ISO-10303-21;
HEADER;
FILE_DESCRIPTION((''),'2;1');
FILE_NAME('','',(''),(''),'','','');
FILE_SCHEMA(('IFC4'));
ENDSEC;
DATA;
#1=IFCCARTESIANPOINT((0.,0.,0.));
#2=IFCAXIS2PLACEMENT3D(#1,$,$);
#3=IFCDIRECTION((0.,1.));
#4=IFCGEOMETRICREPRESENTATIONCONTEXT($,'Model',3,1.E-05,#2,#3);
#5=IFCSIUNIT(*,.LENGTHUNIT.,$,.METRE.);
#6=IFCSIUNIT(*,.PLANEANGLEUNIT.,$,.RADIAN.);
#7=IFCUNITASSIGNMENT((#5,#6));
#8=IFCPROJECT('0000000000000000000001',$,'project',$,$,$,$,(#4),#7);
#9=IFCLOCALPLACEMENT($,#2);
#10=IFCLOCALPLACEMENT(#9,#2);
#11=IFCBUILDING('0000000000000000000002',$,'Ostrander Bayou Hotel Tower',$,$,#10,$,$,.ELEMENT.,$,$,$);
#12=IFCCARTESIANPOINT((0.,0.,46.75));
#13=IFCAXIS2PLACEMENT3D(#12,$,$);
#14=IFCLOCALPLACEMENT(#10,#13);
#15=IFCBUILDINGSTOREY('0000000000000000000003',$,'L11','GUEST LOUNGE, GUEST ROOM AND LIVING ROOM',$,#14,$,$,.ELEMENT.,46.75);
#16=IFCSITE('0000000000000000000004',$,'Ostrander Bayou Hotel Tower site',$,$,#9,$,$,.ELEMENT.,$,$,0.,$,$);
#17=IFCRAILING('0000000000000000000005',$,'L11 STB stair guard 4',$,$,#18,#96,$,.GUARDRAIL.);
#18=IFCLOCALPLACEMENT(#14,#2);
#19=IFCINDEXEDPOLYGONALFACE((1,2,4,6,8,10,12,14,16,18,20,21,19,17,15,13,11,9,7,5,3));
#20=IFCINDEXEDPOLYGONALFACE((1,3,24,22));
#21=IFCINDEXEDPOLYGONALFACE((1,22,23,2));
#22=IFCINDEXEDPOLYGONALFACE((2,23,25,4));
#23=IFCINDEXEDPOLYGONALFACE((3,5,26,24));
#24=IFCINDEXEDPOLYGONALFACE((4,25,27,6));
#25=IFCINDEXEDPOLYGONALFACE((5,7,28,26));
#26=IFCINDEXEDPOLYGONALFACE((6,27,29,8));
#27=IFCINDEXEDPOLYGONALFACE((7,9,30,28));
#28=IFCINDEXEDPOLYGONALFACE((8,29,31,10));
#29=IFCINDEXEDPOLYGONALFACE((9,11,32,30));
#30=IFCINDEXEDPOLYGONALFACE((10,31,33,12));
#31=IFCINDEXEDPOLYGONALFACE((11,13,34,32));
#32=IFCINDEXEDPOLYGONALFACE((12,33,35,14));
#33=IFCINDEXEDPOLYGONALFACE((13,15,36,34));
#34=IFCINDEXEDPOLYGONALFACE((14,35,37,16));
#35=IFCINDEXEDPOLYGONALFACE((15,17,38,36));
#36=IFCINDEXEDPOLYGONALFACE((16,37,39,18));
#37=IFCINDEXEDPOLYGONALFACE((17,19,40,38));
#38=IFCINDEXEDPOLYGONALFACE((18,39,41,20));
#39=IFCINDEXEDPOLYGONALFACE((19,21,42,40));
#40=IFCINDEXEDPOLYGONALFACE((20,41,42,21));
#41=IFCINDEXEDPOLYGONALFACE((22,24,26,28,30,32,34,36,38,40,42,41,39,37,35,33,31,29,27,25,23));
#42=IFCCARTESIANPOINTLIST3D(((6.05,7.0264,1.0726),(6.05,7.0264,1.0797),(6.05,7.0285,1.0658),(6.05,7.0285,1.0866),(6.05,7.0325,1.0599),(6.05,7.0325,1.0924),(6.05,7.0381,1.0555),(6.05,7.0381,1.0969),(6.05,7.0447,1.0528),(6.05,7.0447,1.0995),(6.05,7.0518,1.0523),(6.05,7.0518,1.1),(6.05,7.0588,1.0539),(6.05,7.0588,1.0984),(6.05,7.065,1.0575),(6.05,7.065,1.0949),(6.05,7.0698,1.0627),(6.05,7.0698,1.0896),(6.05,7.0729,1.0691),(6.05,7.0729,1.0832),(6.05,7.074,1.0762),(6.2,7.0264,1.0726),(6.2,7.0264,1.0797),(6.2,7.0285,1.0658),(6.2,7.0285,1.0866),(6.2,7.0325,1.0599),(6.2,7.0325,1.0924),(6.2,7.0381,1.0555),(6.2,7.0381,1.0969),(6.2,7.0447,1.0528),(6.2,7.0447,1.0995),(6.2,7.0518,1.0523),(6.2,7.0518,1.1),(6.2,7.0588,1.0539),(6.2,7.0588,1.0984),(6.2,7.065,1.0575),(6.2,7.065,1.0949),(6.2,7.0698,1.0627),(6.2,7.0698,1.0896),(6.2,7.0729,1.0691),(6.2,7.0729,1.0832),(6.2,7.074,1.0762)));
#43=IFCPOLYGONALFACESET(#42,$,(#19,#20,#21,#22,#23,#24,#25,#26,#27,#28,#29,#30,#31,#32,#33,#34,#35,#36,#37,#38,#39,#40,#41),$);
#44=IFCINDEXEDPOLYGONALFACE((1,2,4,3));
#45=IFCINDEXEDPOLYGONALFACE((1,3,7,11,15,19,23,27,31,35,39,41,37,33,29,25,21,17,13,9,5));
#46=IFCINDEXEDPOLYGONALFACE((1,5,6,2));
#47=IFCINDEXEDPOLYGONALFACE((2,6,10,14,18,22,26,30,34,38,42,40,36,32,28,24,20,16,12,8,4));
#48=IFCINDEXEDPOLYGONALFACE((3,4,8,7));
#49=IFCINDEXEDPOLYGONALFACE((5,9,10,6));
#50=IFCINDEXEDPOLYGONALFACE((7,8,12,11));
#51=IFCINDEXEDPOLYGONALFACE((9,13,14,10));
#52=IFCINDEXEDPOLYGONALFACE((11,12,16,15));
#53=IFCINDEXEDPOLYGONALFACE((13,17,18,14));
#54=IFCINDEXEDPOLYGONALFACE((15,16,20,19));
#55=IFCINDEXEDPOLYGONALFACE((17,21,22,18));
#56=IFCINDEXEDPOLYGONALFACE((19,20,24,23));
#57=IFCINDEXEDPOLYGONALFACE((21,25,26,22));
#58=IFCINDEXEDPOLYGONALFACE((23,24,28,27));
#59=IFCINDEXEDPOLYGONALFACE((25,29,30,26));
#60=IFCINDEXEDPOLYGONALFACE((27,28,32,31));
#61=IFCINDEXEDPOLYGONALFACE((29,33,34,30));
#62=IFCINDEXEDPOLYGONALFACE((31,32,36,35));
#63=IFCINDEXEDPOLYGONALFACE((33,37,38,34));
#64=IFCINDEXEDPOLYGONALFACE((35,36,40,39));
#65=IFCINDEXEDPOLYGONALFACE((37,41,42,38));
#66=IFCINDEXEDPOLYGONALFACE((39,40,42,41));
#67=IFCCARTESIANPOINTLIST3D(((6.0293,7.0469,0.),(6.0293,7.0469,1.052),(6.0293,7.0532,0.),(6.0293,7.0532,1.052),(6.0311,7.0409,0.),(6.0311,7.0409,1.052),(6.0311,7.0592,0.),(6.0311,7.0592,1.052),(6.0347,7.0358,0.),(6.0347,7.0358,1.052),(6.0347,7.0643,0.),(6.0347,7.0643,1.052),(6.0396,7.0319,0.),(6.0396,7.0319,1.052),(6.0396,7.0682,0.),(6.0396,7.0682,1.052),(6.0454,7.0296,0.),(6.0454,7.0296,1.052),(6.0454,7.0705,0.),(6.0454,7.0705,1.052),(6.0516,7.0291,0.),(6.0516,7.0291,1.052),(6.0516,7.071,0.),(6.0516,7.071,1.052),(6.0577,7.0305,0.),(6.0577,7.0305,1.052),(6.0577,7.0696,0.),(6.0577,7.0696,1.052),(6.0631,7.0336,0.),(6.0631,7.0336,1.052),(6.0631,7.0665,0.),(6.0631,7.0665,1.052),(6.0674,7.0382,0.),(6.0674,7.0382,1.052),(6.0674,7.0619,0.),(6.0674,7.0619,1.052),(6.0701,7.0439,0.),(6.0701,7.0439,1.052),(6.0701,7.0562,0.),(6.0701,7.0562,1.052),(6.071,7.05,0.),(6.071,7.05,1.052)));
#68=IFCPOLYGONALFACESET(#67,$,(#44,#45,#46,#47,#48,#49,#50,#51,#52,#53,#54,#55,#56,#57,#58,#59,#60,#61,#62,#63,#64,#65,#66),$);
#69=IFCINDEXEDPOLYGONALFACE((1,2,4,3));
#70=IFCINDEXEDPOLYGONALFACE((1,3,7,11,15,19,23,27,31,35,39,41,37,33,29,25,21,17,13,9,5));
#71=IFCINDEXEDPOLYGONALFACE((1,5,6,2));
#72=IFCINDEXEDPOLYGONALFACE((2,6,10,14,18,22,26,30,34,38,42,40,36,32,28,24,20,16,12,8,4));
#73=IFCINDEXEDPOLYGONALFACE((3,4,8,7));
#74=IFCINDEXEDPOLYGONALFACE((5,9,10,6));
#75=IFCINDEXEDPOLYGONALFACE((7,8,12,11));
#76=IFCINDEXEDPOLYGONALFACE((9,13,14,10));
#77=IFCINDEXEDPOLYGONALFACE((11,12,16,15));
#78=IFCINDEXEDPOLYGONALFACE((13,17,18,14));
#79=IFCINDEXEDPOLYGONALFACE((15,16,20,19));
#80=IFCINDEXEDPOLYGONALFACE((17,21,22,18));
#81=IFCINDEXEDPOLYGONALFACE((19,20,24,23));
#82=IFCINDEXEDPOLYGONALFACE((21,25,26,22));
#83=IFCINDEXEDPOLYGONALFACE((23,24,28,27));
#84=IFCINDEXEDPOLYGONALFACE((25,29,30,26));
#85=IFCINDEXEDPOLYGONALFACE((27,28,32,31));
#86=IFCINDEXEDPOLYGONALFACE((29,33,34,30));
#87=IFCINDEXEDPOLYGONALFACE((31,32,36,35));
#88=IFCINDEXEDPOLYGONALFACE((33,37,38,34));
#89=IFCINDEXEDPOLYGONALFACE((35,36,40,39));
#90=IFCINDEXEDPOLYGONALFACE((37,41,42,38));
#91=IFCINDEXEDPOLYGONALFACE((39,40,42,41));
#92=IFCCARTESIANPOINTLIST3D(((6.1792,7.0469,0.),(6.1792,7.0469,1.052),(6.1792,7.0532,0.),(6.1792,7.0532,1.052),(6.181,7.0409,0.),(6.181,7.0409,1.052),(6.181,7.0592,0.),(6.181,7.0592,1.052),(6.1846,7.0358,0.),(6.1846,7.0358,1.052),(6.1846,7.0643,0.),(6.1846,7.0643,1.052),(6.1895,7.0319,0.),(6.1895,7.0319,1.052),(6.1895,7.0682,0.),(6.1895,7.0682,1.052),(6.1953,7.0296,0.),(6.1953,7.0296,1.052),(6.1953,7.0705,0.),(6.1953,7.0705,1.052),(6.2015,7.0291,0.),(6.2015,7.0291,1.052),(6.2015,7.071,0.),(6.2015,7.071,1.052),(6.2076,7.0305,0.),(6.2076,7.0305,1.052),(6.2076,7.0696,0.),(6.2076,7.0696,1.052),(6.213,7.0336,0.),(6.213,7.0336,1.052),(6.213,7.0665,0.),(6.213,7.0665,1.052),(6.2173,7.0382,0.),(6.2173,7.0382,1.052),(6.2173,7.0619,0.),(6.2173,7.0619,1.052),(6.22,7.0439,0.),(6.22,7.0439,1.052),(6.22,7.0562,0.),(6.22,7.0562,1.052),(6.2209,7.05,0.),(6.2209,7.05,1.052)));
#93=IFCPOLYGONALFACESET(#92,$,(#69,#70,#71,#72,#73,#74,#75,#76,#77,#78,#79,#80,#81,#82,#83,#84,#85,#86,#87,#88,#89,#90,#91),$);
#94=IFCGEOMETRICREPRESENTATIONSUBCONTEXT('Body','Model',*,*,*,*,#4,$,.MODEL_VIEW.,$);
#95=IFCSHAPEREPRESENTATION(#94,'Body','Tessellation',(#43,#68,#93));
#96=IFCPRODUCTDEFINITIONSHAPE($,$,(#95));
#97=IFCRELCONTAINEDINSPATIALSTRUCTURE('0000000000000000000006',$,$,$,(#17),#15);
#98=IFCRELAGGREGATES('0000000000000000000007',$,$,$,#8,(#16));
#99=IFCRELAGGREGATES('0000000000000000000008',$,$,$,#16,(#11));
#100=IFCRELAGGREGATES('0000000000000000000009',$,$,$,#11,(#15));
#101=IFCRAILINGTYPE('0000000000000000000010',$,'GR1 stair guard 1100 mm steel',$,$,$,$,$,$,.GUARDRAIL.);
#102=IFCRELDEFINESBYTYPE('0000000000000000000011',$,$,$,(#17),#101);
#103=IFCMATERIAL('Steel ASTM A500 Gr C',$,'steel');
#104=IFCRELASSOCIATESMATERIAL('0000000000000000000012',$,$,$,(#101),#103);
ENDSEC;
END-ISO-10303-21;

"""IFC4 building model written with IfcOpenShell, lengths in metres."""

from ifc_helpers import new_model, si_unit, direction, frame, origin, origin_2d, place, context, subcontext, project, spatial, circle, extrude, material, type_object, element, save


model = new_model("IFC4")

# Units and contexts
model_context = context("Model", 3, precision=1e-05, world=origin(), true_north=direction((0.0, 1.0)))
body_context = subcontext(model_context, "Body", "Model", "MODEL_VIEW")
ifc_project = project(units=[si_unit("LENGTHUNIT", "METRE"), si_unit("PLANEANGLEUNIT", "RADIAN")], contexts=[model_context])

# Site, building, storey
site_placement = place(None, origin())
site = spatial("IfcSite", under=ifc_project, at=site_placement, Name="Ostrander Bayou Hotel Tower site", CompositionType="ELEMENT", RefElevation=0.0)
building_placement = place(site_placement, origin())
building = spatial("IfcBuilding", under=site, at=building_placement, Name="Ostrander Bayou Hotel Tower", CompositionType="ELEMENT")
storey_placement = place(building_placement, frame((0.0, 0.0, 46.75)))
storey = spatial("IfcBuildingStorey", under=building, at=storey_placement, Name="L11", Description="GUEST LOUNGE, GUEST ROOM AND LIVING ROOM", CompositionType="ELEMENT", Elevation=46.75)

# Railing
ifc_material_1 = material(Name="Steel ASTM A500 Gr C", Category="steel")
railing_type_1 = type_object("IfcRailingType", Name="GR1 stair guard 1100 mm steel", PredefinedType="GUARDRAIL", material=ifc_material_1)
railing_1_placement = place(storey_placement, frame((6.05, 7.05, 0.0)))
element("IfcRailing", 1, at=railing_1_placement, inside=storey, type_object=railing_type_1, Name="L11 STB stair guard 4", PredefinedType="GUARDRAIL", context=body_context, shape_type="SweptSolid", body=[
    extrude(circle(Radius=0.0239, at=origin_2d()), frame((0.0, 0.0, 1.0762), z_axis=(1.0, 0.0, 0.0), x_axis=(0.0, 1.0, 0.0)), (0.0, 0.0, 1.0), 0.1499),
    extrude(circle(Radius=0.021, at=origin_2d()), origin(), (0.0, 0.0, 1.0), 1.052),
    extrude(circle(Radius=0.021, at=origin_2d()), frame((0.1499, 0.0, 0.0)), (0.0, 0.0, 1.0), 1.052),
])

save(model, "model.ifc")
